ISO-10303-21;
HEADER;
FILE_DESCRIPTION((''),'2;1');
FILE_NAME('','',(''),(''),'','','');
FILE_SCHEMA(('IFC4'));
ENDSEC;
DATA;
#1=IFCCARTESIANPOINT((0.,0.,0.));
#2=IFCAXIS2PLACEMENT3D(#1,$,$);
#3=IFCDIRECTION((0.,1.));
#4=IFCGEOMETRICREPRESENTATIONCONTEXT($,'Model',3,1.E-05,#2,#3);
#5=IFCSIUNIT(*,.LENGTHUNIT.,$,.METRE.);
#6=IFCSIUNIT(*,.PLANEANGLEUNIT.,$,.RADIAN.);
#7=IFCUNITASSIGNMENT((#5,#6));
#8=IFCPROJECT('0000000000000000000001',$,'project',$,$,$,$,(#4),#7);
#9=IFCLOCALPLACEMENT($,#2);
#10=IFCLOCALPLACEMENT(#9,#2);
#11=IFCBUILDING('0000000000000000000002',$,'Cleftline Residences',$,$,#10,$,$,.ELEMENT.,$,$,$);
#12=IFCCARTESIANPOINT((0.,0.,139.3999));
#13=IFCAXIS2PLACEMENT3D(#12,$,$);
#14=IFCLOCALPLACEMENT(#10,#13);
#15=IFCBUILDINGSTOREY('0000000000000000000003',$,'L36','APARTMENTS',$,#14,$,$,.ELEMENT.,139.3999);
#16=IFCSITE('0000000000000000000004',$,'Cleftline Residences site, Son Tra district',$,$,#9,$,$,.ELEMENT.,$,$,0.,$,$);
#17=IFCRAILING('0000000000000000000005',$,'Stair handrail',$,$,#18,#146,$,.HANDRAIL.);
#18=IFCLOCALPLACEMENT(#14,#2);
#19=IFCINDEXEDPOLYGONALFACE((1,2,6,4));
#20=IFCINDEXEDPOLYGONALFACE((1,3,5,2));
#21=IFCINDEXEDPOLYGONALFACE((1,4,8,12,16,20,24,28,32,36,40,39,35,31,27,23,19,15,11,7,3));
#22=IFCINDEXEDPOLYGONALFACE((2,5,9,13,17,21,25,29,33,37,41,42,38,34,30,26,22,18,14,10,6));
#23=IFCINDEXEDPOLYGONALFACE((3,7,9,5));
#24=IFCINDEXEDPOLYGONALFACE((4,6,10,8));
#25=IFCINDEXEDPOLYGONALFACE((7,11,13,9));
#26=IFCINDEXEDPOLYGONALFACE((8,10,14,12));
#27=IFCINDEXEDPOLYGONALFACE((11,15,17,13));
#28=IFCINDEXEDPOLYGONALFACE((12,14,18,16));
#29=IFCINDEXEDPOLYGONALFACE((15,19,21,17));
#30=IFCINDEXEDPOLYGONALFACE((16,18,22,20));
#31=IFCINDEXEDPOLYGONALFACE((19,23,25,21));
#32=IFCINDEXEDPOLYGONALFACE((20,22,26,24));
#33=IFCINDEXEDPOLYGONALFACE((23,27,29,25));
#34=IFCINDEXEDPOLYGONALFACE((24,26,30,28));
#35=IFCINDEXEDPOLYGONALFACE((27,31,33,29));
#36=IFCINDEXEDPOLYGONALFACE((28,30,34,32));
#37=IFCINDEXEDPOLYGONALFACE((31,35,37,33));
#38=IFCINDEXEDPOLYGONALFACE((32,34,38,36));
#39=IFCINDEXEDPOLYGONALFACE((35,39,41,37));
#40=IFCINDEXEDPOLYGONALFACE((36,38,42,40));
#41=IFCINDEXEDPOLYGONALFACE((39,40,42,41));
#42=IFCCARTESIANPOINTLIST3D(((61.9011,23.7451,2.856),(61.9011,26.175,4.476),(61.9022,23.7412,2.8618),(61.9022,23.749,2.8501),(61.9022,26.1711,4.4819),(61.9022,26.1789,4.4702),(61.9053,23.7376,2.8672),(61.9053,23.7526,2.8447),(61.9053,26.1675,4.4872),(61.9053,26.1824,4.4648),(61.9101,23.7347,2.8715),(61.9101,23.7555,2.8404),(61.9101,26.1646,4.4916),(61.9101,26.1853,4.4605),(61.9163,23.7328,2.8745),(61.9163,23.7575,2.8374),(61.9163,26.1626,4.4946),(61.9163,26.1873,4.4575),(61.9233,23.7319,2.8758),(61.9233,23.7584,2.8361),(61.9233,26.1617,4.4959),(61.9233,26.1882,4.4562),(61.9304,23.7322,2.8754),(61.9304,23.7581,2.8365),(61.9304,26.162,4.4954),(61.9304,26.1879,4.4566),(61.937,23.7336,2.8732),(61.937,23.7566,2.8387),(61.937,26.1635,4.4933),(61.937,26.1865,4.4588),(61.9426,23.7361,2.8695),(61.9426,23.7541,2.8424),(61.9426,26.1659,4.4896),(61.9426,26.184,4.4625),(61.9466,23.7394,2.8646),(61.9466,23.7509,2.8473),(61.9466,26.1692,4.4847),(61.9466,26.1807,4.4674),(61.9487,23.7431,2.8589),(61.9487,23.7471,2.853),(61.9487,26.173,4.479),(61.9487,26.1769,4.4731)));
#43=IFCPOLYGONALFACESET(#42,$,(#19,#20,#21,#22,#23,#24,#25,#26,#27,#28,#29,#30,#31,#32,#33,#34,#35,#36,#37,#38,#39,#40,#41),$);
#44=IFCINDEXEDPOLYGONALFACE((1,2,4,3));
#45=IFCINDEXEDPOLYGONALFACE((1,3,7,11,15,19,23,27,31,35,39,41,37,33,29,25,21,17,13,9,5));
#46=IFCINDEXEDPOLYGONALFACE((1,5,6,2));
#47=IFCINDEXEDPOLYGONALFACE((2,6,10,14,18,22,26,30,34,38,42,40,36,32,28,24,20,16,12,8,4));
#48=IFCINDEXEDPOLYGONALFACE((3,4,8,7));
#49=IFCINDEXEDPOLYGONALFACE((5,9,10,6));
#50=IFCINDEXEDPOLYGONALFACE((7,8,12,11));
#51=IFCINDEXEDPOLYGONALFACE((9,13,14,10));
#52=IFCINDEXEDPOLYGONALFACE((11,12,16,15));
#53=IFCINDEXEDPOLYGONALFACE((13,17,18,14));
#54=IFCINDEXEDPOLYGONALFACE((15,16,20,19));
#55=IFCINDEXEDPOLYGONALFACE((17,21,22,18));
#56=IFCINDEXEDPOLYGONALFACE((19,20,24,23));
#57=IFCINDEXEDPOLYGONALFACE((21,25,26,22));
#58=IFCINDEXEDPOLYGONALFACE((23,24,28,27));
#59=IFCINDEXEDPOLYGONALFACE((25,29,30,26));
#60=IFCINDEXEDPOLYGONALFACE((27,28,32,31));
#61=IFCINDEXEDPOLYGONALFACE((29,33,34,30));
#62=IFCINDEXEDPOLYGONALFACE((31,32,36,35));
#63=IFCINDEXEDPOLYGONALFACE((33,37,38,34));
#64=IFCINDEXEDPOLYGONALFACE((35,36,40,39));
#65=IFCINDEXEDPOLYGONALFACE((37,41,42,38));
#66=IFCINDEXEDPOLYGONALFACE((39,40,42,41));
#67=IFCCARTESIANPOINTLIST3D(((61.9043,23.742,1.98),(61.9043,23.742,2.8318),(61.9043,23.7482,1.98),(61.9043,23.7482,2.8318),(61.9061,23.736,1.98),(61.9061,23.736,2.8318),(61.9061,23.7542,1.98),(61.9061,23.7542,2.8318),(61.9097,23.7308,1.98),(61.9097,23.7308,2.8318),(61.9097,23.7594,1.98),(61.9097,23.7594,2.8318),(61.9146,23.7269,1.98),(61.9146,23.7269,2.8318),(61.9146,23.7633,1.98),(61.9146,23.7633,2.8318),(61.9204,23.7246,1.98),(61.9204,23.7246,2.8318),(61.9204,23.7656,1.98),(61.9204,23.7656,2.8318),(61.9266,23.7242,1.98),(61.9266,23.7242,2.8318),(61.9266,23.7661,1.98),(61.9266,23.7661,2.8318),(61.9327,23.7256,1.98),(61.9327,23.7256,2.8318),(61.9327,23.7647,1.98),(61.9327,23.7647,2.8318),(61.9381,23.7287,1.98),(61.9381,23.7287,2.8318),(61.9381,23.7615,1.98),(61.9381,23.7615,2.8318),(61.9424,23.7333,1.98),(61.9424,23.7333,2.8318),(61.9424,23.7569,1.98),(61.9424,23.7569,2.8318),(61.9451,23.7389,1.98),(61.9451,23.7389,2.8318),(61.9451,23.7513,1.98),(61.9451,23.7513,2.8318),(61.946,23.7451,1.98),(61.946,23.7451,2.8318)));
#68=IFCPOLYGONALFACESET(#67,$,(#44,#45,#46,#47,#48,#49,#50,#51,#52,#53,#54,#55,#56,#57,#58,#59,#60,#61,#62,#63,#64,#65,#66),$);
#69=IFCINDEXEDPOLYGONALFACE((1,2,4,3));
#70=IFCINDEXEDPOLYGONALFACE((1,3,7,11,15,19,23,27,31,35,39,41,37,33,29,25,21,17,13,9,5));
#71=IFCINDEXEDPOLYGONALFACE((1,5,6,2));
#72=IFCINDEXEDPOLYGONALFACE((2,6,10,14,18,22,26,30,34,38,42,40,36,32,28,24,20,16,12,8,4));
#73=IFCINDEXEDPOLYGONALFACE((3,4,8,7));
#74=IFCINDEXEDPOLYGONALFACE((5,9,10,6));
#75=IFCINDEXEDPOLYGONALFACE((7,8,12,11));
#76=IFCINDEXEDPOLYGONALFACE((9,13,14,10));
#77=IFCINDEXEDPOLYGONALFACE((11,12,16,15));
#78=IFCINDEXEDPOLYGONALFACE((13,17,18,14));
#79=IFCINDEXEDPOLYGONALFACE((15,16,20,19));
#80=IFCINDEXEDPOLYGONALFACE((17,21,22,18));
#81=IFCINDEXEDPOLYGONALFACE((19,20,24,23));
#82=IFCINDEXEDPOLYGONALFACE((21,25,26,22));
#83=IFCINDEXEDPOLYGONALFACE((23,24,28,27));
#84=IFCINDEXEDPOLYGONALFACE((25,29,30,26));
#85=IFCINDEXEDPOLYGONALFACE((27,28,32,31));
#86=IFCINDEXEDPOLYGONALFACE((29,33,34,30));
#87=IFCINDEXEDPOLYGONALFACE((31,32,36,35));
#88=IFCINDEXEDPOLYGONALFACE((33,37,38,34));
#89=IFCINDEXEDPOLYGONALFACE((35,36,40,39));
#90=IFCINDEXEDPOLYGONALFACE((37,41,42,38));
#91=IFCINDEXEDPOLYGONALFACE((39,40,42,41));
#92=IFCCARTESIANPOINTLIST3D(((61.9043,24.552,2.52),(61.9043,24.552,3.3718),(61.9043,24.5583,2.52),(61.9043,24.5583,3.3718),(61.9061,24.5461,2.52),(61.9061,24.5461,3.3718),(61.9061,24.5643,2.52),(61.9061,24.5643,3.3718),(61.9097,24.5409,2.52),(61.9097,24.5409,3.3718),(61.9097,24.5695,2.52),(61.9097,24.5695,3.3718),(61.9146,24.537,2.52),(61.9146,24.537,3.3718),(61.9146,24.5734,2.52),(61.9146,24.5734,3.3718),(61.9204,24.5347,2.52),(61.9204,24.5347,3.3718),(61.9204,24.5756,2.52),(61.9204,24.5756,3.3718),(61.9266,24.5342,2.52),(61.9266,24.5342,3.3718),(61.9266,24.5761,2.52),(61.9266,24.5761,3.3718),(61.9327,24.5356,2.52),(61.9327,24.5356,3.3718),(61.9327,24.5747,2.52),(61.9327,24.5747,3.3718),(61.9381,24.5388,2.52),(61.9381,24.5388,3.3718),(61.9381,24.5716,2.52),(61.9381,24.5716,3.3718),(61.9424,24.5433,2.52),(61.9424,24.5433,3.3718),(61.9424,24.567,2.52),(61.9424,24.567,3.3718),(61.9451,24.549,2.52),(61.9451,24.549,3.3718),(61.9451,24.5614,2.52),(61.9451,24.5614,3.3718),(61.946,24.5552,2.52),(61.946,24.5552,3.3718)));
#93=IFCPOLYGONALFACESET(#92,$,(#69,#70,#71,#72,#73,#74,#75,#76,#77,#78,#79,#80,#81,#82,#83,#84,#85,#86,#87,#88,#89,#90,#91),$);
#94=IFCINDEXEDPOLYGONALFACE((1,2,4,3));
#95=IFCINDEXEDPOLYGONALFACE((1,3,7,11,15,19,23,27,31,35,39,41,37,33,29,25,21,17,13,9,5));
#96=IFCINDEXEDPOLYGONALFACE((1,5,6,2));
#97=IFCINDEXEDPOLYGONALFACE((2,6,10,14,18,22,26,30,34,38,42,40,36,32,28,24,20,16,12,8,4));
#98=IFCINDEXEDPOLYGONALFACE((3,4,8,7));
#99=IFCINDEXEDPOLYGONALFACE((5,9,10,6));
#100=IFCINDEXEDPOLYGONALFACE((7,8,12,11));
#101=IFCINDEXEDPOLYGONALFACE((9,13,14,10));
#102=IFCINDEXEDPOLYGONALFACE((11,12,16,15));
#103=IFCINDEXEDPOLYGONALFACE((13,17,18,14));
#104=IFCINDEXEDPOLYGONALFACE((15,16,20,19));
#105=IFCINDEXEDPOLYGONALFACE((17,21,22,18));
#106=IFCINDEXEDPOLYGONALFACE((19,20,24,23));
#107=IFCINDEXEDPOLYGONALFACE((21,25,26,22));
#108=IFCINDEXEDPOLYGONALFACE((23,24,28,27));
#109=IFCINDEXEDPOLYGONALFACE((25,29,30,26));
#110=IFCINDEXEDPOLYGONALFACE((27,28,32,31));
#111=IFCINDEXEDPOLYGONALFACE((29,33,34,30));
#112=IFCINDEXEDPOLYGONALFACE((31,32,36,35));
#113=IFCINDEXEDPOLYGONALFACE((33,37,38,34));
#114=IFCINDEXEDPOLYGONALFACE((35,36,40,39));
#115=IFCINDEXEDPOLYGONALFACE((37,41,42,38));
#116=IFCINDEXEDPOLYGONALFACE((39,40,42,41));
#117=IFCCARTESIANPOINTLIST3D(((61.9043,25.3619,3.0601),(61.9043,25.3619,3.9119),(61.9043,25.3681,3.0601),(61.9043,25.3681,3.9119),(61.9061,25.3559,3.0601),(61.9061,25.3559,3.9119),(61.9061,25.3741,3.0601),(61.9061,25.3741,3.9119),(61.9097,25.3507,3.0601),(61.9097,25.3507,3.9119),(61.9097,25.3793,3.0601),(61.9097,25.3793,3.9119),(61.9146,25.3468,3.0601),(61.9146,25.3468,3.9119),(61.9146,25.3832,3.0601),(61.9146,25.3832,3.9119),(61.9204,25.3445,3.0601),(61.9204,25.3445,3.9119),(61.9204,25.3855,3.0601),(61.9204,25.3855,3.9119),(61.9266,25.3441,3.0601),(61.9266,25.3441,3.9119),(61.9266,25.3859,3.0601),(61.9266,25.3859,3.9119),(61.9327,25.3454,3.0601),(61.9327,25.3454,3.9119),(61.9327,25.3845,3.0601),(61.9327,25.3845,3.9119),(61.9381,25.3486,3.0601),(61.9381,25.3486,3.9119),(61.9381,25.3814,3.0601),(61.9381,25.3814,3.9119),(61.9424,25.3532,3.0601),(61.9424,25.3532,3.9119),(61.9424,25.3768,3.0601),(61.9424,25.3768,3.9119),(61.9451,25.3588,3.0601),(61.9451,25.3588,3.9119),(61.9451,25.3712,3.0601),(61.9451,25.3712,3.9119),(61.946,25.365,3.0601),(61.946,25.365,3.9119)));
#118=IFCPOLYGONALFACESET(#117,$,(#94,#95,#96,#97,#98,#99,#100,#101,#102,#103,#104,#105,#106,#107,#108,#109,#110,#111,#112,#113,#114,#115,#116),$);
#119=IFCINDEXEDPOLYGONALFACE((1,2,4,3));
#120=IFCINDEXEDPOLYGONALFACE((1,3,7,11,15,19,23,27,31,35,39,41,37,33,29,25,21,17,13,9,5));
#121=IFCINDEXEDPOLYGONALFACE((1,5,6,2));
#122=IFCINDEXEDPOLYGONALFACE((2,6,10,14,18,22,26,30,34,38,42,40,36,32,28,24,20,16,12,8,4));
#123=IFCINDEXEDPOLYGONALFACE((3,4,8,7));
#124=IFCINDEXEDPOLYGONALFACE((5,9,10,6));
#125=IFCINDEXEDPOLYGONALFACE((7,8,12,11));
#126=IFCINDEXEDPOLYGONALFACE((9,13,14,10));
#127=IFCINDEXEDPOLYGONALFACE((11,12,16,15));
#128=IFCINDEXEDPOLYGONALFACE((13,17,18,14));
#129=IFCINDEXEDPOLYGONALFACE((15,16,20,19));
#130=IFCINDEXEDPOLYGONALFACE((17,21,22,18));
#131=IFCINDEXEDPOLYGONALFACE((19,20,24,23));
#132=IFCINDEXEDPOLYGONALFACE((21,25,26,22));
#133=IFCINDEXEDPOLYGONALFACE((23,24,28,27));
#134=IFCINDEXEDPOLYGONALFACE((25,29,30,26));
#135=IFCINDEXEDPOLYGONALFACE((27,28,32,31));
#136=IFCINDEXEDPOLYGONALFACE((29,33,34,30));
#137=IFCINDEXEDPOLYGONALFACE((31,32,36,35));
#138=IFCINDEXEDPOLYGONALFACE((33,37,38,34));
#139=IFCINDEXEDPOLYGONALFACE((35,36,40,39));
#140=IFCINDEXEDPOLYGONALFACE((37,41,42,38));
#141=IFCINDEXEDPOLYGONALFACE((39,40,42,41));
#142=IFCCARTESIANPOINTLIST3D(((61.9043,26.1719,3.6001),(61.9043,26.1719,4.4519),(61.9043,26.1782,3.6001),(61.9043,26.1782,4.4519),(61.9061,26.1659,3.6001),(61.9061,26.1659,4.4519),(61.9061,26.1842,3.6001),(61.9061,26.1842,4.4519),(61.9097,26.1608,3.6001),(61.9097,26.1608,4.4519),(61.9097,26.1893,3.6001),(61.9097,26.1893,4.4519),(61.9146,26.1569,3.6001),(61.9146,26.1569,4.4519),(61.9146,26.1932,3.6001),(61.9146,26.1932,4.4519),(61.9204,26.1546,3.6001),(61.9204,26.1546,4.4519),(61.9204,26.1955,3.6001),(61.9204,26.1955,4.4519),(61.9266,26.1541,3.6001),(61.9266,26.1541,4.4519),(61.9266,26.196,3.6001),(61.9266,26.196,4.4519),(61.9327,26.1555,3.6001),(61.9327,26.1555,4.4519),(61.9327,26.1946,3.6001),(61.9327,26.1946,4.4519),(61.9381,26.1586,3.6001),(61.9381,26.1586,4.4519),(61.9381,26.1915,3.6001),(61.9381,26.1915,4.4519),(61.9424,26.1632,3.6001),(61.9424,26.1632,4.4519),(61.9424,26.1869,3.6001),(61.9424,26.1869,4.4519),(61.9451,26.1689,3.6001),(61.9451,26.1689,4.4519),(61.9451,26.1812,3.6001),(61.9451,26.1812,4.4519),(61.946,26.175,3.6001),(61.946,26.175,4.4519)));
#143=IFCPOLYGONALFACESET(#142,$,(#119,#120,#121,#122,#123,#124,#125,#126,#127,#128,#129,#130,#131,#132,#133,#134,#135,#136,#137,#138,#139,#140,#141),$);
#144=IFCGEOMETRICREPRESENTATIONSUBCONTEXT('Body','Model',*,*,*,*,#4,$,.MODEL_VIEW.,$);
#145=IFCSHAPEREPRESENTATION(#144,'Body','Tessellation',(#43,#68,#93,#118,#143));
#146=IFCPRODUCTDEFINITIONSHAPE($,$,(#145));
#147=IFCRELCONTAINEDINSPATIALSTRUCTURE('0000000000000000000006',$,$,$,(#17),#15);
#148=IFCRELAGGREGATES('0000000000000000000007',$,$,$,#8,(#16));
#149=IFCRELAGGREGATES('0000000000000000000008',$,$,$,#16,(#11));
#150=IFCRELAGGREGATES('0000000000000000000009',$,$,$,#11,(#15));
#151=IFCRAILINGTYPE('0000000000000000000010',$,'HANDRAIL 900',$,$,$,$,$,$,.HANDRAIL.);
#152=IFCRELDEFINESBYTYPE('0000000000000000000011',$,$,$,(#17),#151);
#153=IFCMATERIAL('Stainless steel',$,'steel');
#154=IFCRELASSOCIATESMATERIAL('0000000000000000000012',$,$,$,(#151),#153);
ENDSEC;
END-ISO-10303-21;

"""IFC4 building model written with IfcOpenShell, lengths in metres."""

from ifc_helpers import new_model, si_unit, direction, frame, origin, origin_2d, place, context, subcontext, project, spatial, circle, extrude, material, type_object, element, save


model = new_model("IFC4")

# Units and contexts
model_context = context("Model", 3, precision=1e-05, world=origin(), true_north=direction((0.0, 1.0)))
body_context = subcontext(model_context, "Body", "Model", "MODEL_VIEW")
ifc_project = project(units=[si_unit("LENGTHUNIT", "METRE"), si_unit("PLANEANGLEUNIT", "RADIAN")], contexts=[model_context])

# Site, building, storey
site_placement = place(None, origin())
site = spatial("IfcSite", under=ifc_project, at=site_placement, Name="Cleftline Residences site, Son Tra district", CompositionType="ELEMENT", RefElevation=0.0)
building_placement = place(site_placement, origin())
building = spatial("IfcBuilding", under=site, at=building_placement, Name="Cleftline Residences", CompositionType="ELEMENT")
storey_placement = place(building_placement, frame((0.0, 0.0, 139.3999)))
storey = spatial("IfcBuildingStorey", under=building, at=storey_placement, Name="L36", Description="APARTMENTS", CompositionType="ELEMENT", Elevation=139.3999)

# Railing
ifc_material_1 = material(Name="Stainless steel", Category="steel")
railing_type = type_object("IfcRailingType", Name="HANDRAIL 900", PredefinedType="HANDRAIL", material=ifc_material_1)
railing_placement = place(storey_placement, frame((61.925, 23.7451, 1.98)))
element("IfcRailing", 1, at=railing_placement, inside=storey, type_object=railing_type, Name="Stair handrail", PredefinedType="HANDRAIL", context=body_context, shape_type="SweptSolid", body=[
    extrude(circle(Radius=0.0239, at=origin_2d()), frame((0.0, 0.0, 0.876), z_axis=(0.0, 0.832025, 0.554739), x_axis=(-1.0, 0.0, 0.0)), (0.0, 0.0, 1.0), 2.9204),
    extrude(circle(Radius=0.021, at=origin_2d()), origin(), (0.0, 0.0, 1.0), 0.8518),
    extrude(circle(Radius=0.021, at=origin_2d()), frame((0.0, 0.8101, 0.54)), (0.0, 0.0, 1.0), 0.8518),
    extrude(circle(Radius=0.021, at=origin_2d()), frame((0.0, 1.6199, 1.0801)), (0.0, 0.0, 1.0), 0.8518),
    extrude(circle(Radius=0.021, at=origin_2d()), frame((0.0, 2.4299, 1.6201)), (0.0, 0.0, 1.0), 0.8518),
])

save(model, "model.ifc")
